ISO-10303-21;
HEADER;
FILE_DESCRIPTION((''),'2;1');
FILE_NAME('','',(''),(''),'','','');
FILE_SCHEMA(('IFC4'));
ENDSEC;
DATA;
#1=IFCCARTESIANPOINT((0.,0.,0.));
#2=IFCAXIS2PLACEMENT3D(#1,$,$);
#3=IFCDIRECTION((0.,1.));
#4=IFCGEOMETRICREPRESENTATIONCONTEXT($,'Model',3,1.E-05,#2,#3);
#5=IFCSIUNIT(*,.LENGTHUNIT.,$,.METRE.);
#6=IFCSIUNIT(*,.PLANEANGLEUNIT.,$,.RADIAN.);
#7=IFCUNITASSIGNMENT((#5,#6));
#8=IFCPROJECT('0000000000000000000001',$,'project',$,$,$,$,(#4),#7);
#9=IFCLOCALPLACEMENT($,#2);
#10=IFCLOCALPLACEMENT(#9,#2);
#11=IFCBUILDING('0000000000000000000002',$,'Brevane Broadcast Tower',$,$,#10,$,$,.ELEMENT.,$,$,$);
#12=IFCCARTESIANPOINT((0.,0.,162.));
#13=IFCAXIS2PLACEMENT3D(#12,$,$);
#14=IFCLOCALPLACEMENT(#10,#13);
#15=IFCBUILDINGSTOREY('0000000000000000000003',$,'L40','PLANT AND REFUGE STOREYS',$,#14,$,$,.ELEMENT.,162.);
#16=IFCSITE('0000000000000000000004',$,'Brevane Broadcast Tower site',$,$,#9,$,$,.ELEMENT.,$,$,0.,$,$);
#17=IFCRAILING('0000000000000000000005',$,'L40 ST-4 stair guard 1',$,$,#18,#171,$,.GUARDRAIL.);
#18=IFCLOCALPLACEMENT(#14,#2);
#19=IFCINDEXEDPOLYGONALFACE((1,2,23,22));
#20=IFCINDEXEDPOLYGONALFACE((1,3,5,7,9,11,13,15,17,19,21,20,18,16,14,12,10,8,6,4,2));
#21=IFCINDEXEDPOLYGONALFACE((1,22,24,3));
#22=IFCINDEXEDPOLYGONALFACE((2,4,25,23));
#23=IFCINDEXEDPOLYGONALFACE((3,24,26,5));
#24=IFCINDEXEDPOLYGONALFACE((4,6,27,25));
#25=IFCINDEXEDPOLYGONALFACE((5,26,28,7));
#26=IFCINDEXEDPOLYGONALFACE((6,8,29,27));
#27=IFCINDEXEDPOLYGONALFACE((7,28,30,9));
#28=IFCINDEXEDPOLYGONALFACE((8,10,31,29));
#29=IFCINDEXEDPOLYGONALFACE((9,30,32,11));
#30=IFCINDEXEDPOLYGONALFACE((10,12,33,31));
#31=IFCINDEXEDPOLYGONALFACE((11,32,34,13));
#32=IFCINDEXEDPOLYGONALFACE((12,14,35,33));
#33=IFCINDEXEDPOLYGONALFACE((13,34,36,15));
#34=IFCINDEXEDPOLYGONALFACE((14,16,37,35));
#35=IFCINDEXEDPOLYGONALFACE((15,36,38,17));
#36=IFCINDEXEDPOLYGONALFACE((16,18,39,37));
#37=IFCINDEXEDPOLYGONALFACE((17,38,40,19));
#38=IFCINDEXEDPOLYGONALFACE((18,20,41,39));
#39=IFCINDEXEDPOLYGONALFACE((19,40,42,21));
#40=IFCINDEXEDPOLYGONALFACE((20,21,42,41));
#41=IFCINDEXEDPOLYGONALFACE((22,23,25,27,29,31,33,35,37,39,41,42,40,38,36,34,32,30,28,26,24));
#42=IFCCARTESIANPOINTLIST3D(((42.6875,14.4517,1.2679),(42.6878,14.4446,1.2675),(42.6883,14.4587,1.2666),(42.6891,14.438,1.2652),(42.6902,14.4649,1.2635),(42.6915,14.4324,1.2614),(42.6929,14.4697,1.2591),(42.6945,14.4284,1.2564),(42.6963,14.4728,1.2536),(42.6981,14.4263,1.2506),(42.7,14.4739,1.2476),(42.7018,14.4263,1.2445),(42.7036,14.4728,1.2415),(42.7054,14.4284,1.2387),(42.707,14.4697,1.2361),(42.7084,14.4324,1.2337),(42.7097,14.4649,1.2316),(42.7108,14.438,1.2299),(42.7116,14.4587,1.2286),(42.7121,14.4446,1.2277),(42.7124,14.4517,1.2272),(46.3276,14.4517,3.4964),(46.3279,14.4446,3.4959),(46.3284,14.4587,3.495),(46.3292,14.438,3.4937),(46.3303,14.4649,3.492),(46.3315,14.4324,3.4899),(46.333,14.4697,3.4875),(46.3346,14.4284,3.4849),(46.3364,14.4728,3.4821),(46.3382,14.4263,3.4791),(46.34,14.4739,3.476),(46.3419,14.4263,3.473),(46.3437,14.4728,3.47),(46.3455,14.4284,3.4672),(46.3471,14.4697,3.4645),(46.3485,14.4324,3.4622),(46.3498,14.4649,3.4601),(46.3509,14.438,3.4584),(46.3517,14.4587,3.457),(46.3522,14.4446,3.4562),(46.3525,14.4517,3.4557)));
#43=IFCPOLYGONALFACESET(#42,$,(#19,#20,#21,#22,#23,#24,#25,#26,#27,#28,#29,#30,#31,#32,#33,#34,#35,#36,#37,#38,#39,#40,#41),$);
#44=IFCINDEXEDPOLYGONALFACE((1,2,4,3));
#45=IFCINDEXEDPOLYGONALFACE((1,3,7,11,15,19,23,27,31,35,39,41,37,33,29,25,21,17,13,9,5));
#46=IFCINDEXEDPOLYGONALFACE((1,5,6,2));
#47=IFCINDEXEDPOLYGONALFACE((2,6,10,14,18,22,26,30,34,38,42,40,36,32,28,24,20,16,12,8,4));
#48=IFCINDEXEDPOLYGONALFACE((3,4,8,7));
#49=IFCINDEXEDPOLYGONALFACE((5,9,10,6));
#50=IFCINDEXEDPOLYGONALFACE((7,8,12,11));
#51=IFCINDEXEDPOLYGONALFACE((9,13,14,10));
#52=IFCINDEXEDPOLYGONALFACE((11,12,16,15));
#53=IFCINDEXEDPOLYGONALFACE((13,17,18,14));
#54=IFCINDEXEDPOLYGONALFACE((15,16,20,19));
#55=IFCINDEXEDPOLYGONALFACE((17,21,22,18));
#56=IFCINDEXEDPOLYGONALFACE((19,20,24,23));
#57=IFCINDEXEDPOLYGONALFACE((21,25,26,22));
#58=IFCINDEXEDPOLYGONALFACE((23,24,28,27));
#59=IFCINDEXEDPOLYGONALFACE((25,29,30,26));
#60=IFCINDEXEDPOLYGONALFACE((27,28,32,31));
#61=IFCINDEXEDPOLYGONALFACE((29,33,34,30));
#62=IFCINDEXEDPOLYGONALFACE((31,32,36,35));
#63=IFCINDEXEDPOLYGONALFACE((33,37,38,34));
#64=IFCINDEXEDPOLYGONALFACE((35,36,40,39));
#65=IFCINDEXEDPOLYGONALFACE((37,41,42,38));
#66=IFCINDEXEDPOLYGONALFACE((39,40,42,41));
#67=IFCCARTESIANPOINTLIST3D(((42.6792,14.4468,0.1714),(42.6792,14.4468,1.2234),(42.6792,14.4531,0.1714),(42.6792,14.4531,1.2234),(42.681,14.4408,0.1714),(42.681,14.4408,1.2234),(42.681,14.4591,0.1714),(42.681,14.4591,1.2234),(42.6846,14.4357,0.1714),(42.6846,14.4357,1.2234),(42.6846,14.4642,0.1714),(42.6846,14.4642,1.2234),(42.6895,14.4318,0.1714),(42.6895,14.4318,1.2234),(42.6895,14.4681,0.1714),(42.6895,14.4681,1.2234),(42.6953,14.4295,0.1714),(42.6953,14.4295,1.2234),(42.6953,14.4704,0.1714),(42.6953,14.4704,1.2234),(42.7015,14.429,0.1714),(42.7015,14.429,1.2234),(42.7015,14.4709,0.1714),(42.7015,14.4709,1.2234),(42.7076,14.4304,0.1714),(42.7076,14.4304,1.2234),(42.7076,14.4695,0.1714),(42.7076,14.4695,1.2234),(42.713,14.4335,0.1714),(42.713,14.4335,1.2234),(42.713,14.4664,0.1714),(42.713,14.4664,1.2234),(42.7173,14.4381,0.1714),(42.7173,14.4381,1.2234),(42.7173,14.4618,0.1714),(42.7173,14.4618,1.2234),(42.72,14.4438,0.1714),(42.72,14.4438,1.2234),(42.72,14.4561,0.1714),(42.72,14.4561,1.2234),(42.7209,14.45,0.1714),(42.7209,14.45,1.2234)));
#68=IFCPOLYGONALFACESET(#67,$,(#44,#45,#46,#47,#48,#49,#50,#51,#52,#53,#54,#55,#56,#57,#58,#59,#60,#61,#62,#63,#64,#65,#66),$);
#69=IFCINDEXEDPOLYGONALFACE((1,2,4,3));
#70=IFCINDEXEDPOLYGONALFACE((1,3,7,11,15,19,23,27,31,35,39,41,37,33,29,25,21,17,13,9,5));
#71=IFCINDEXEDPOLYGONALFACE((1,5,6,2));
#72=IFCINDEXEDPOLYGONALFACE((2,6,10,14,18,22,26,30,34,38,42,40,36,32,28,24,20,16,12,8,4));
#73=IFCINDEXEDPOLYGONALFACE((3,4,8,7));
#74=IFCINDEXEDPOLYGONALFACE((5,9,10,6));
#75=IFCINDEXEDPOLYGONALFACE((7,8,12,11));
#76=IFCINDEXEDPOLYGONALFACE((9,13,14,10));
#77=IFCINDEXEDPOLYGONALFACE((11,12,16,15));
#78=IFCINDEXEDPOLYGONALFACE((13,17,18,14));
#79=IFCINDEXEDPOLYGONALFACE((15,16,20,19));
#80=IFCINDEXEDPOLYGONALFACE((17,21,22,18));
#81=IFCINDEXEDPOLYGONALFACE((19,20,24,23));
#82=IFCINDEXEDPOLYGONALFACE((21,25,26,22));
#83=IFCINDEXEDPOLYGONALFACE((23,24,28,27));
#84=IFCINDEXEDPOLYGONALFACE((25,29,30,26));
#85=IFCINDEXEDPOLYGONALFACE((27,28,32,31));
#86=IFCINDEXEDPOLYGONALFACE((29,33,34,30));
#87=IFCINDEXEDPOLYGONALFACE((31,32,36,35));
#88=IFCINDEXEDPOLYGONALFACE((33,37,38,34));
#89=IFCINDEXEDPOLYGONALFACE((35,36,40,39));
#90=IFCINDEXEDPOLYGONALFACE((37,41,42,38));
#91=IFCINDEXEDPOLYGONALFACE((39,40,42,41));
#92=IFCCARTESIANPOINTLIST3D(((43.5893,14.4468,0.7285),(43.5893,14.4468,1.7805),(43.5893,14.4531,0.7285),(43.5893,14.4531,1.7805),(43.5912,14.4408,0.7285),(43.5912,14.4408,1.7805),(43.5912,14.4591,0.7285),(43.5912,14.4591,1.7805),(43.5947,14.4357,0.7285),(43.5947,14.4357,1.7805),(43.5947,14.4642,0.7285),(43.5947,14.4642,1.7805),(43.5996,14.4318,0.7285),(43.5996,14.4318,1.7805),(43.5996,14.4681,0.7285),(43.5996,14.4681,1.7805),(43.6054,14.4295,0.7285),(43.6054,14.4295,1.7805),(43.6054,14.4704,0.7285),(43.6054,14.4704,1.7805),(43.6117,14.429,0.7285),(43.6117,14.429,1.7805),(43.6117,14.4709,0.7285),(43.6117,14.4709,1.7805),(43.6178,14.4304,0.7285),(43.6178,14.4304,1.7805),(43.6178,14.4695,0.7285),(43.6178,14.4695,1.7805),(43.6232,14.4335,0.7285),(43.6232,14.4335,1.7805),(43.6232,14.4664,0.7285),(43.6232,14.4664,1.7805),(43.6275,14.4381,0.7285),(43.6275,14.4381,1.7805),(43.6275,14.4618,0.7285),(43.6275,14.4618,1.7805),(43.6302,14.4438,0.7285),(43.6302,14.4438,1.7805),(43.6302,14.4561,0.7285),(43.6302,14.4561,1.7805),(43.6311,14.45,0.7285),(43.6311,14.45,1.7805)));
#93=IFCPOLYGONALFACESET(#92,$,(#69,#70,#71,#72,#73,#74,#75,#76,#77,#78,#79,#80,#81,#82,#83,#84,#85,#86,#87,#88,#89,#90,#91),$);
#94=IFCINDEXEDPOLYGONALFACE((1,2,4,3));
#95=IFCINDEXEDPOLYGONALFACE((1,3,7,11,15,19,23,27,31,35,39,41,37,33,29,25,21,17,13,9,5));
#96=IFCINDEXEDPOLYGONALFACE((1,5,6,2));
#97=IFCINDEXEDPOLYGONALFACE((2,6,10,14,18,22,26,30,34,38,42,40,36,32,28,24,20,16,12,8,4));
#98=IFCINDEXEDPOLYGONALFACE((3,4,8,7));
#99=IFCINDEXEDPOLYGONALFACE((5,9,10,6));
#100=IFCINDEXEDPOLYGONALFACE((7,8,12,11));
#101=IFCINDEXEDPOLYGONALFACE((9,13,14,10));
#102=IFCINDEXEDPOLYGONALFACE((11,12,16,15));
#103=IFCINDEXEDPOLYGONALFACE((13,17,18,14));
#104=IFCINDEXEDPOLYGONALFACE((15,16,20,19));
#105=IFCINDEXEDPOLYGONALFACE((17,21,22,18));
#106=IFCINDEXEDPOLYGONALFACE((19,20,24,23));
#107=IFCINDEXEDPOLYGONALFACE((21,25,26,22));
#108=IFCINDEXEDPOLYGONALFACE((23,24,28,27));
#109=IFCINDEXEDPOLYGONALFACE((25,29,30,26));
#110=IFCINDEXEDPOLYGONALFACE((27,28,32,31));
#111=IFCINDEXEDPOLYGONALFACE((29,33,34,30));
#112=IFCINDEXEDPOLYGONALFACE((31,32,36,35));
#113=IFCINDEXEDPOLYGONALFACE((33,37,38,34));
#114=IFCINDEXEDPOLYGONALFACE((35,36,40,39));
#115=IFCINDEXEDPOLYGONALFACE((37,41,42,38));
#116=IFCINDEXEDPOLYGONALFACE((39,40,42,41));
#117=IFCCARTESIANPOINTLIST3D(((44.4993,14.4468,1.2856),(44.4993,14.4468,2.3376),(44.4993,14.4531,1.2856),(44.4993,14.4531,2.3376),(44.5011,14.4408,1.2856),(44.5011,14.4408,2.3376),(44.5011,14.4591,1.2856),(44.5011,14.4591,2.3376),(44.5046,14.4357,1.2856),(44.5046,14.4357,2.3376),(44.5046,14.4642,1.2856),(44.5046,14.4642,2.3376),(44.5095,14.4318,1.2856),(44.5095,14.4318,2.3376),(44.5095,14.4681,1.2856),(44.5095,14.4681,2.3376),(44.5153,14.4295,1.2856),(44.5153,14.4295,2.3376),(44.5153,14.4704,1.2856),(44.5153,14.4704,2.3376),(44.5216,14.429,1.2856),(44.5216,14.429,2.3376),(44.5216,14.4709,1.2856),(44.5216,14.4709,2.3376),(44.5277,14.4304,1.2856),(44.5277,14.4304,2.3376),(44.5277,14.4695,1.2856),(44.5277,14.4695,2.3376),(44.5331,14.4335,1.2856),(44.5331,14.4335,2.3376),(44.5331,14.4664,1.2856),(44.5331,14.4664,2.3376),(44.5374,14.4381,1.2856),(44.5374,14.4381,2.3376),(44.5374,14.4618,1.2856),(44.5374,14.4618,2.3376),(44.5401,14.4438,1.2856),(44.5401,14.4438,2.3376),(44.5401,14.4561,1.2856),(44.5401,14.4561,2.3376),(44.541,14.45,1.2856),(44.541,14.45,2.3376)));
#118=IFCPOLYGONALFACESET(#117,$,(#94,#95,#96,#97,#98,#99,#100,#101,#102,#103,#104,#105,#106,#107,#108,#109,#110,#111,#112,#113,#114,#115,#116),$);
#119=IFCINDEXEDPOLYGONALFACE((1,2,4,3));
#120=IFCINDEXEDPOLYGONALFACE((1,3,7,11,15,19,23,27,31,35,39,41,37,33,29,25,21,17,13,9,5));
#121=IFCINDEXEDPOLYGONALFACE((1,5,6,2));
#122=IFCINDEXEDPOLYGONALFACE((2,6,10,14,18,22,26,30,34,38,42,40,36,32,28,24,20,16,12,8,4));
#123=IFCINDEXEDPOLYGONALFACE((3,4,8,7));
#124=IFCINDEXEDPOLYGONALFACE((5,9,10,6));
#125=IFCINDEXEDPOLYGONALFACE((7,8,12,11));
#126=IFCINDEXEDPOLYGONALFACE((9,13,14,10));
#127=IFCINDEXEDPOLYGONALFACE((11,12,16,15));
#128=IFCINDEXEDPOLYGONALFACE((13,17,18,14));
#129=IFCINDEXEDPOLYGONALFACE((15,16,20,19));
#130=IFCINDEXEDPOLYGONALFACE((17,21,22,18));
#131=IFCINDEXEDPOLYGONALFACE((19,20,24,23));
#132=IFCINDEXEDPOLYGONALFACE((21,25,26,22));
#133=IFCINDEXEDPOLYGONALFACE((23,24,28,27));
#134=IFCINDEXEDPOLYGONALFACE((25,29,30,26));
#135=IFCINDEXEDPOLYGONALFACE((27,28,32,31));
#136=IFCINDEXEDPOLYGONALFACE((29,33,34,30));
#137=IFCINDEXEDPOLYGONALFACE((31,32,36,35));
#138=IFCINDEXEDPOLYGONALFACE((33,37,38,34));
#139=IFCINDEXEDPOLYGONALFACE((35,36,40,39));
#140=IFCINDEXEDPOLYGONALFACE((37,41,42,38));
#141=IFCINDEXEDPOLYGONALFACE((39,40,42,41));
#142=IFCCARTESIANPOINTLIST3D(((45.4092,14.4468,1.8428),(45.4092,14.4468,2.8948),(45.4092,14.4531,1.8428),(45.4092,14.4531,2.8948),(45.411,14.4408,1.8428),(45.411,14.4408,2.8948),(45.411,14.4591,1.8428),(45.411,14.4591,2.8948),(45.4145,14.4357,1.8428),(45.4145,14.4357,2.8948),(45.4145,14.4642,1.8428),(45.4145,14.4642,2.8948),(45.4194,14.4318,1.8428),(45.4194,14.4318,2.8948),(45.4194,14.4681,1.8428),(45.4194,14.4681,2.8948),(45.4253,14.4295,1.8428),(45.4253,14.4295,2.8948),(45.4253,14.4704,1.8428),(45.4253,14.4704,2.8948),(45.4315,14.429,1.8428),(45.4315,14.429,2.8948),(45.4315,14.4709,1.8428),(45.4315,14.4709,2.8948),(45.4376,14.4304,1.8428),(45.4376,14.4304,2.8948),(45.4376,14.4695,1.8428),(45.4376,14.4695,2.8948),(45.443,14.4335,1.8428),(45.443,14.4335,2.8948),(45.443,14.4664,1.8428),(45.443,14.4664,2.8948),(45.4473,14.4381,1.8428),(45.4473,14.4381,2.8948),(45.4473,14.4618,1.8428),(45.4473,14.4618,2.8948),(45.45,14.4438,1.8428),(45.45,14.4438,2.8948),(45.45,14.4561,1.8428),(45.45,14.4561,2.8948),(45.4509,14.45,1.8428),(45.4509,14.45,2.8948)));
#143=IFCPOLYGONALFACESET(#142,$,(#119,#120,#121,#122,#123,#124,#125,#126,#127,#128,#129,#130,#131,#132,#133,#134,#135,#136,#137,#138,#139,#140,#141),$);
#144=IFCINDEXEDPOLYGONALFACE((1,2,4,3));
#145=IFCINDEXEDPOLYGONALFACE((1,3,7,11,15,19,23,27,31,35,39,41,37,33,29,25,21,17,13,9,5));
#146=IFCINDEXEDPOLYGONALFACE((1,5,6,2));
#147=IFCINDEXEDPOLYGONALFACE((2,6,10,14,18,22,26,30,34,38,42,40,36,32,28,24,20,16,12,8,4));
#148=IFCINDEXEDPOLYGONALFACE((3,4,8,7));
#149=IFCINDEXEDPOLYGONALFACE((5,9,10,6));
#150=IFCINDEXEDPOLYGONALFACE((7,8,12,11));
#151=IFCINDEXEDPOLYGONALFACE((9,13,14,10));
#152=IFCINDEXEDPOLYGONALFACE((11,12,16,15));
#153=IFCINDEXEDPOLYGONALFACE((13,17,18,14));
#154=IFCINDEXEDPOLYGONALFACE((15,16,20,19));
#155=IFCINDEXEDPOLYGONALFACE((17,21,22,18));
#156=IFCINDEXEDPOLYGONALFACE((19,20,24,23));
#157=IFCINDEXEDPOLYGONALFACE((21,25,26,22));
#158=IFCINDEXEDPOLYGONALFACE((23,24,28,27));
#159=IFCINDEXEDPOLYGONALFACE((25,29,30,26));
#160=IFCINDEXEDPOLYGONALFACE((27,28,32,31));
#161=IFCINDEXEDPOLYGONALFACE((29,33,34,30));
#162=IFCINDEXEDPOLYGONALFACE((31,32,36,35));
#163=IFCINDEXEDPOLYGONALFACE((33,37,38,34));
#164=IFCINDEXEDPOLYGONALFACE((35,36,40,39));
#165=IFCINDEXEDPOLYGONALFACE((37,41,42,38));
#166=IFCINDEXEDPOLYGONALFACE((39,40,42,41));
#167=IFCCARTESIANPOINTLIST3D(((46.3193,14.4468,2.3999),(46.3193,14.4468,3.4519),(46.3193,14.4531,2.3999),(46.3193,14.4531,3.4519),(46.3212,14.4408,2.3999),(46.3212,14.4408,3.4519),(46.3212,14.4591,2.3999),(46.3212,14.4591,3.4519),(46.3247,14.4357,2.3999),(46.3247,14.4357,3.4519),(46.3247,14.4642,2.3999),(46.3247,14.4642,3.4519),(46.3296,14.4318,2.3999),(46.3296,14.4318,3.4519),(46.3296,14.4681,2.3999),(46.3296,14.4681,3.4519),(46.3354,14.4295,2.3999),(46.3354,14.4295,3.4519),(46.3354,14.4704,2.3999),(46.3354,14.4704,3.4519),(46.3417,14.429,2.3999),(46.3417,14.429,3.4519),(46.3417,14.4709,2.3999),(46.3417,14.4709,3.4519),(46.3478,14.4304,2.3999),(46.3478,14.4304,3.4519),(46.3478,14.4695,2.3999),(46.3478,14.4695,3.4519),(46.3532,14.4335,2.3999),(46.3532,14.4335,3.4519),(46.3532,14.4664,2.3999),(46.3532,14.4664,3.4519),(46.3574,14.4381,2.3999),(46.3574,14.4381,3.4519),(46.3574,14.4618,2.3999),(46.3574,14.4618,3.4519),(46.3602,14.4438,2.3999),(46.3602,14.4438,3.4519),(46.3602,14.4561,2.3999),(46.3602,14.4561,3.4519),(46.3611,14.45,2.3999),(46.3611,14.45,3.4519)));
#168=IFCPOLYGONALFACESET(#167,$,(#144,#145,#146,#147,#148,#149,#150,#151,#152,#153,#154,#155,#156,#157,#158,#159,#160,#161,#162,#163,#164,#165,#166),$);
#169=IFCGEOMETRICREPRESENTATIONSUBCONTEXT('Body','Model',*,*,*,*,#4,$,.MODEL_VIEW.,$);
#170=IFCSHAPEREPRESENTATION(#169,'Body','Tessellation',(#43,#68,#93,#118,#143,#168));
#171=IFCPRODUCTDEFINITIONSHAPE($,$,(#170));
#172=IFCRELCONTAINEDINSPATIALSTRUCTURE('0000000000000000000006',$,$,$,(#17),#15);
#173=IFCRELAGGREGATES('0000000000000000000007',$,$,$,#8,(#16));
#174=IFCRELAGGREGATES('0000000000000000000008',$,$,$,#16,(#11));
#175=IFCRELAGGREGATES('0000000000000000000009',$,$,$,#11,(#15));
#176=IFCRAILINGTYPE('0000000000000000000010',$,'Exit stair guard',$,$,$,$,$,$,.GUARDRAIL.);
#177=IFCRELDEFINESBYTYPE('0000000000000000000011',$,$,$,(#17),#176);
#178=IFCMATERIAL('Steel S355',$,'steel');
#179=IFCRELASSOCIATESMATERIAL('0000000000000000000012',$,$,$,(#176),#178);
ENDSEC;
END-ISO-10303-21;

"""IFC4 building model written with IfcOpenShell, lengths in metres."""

from ifc_helpers import new_model, si_unit, direction, frame, origin, origin_2d, place, context, subcontext, project, spatial, circle, extrude, material, type_object, element, save


model = new_model("IFC4")

# Units and contexts
model_context = context("Model", 3, precision=1e-05, world=origin(), true_north=direction((0.0, 1.0)))
body_context = subcontext(model_context, "Body", "Model", "MODEL_VIEW")
ifc_project = project(units=[si_unit("LENGTHUNIT", "METRE"), si_unit("PLANEANGLEUNIT", "RADIAN")], contexts=[model_context])

# Site, building, storey
site_placement = place(None, origin())
site = spatial("IfcSite", under=ifc_project, at=site_placement, Name="Brevane Broadcast Tower site", CompositionType="ELEMENT", RefElevation=0.0)
building_placement = place(site_placement, origin())
building = spatial("IfcBuilding", under=site, at=building_placement, Name="Brevane Broadcast Tower", CompositionType="ELEMENT")
storey_placement = place(building_placement, frame((0.0, 0.0, 162.0)))
storey = spatial("IfcBuildingStorey", under=building, at=storey_placement, Name="L40", Description="PLANT AND REFUGE STOREYS", CompositionType="ELEMENT", Elevation=162.0)

# Shared definitions
ifc_material_1 = material(Name="Steel S355", Category="steel")

# Railing
railing_type_1 = type_object("IfcRailingType", Name="Exit stair guard", PredefinedType="GUARDRAIL", material=ifc_material_1)
railing_1_placement = place(storey_placement, frame((42.7, 14.45, 0.1714)))
element("IfcRailing", 1, at=railing_1_placement, inside=storey, type_object=railing_type_1, Name="L40 ST-4 stair guard 1", PredefinedType="GUARDRAIL", context=body_context, shape_type="SweptSolid", body=[
    extrude(circle(Radius=0.0239, at=origin_2d()), frame((0.0, 0.0, 1.0762), z_axis=(0.852866, 0.0, 0.52213), x_axis=(0.0, 1.0, 0.0)), (0.0, 0.0, 1.0), 4.2681),
    extrude(circle(Radius=0.021, at=origin_2d()), origin(), (0.0, 0.0, 1.0), 1.052),
    extrude(circle(Radius=0.021, at=origin_2d()), frame((0.9102, 0.0, 0.5571)), (0.0, 0.0, 1.0), 1.052),
    extrude(circle(Radius=0.021, at=origin_2d()), frame((1.8201, 0.0, 1.1143)), (0.0, 0.0, 1.0), 1.052),
    extrude(circle(Radius=0.021, at=origin_2d()), frame((2.73, 0.0, 1.6714)), (0.0, 0.0, 1.0), 1.052),
    extrude(circle(Radius=0.021, at=origin_2d()), frame((3.6401, 0.0, 2.2285)), (0.0, 0.0, 1.0), 1.052),
])

save(model, "model.ifc")
